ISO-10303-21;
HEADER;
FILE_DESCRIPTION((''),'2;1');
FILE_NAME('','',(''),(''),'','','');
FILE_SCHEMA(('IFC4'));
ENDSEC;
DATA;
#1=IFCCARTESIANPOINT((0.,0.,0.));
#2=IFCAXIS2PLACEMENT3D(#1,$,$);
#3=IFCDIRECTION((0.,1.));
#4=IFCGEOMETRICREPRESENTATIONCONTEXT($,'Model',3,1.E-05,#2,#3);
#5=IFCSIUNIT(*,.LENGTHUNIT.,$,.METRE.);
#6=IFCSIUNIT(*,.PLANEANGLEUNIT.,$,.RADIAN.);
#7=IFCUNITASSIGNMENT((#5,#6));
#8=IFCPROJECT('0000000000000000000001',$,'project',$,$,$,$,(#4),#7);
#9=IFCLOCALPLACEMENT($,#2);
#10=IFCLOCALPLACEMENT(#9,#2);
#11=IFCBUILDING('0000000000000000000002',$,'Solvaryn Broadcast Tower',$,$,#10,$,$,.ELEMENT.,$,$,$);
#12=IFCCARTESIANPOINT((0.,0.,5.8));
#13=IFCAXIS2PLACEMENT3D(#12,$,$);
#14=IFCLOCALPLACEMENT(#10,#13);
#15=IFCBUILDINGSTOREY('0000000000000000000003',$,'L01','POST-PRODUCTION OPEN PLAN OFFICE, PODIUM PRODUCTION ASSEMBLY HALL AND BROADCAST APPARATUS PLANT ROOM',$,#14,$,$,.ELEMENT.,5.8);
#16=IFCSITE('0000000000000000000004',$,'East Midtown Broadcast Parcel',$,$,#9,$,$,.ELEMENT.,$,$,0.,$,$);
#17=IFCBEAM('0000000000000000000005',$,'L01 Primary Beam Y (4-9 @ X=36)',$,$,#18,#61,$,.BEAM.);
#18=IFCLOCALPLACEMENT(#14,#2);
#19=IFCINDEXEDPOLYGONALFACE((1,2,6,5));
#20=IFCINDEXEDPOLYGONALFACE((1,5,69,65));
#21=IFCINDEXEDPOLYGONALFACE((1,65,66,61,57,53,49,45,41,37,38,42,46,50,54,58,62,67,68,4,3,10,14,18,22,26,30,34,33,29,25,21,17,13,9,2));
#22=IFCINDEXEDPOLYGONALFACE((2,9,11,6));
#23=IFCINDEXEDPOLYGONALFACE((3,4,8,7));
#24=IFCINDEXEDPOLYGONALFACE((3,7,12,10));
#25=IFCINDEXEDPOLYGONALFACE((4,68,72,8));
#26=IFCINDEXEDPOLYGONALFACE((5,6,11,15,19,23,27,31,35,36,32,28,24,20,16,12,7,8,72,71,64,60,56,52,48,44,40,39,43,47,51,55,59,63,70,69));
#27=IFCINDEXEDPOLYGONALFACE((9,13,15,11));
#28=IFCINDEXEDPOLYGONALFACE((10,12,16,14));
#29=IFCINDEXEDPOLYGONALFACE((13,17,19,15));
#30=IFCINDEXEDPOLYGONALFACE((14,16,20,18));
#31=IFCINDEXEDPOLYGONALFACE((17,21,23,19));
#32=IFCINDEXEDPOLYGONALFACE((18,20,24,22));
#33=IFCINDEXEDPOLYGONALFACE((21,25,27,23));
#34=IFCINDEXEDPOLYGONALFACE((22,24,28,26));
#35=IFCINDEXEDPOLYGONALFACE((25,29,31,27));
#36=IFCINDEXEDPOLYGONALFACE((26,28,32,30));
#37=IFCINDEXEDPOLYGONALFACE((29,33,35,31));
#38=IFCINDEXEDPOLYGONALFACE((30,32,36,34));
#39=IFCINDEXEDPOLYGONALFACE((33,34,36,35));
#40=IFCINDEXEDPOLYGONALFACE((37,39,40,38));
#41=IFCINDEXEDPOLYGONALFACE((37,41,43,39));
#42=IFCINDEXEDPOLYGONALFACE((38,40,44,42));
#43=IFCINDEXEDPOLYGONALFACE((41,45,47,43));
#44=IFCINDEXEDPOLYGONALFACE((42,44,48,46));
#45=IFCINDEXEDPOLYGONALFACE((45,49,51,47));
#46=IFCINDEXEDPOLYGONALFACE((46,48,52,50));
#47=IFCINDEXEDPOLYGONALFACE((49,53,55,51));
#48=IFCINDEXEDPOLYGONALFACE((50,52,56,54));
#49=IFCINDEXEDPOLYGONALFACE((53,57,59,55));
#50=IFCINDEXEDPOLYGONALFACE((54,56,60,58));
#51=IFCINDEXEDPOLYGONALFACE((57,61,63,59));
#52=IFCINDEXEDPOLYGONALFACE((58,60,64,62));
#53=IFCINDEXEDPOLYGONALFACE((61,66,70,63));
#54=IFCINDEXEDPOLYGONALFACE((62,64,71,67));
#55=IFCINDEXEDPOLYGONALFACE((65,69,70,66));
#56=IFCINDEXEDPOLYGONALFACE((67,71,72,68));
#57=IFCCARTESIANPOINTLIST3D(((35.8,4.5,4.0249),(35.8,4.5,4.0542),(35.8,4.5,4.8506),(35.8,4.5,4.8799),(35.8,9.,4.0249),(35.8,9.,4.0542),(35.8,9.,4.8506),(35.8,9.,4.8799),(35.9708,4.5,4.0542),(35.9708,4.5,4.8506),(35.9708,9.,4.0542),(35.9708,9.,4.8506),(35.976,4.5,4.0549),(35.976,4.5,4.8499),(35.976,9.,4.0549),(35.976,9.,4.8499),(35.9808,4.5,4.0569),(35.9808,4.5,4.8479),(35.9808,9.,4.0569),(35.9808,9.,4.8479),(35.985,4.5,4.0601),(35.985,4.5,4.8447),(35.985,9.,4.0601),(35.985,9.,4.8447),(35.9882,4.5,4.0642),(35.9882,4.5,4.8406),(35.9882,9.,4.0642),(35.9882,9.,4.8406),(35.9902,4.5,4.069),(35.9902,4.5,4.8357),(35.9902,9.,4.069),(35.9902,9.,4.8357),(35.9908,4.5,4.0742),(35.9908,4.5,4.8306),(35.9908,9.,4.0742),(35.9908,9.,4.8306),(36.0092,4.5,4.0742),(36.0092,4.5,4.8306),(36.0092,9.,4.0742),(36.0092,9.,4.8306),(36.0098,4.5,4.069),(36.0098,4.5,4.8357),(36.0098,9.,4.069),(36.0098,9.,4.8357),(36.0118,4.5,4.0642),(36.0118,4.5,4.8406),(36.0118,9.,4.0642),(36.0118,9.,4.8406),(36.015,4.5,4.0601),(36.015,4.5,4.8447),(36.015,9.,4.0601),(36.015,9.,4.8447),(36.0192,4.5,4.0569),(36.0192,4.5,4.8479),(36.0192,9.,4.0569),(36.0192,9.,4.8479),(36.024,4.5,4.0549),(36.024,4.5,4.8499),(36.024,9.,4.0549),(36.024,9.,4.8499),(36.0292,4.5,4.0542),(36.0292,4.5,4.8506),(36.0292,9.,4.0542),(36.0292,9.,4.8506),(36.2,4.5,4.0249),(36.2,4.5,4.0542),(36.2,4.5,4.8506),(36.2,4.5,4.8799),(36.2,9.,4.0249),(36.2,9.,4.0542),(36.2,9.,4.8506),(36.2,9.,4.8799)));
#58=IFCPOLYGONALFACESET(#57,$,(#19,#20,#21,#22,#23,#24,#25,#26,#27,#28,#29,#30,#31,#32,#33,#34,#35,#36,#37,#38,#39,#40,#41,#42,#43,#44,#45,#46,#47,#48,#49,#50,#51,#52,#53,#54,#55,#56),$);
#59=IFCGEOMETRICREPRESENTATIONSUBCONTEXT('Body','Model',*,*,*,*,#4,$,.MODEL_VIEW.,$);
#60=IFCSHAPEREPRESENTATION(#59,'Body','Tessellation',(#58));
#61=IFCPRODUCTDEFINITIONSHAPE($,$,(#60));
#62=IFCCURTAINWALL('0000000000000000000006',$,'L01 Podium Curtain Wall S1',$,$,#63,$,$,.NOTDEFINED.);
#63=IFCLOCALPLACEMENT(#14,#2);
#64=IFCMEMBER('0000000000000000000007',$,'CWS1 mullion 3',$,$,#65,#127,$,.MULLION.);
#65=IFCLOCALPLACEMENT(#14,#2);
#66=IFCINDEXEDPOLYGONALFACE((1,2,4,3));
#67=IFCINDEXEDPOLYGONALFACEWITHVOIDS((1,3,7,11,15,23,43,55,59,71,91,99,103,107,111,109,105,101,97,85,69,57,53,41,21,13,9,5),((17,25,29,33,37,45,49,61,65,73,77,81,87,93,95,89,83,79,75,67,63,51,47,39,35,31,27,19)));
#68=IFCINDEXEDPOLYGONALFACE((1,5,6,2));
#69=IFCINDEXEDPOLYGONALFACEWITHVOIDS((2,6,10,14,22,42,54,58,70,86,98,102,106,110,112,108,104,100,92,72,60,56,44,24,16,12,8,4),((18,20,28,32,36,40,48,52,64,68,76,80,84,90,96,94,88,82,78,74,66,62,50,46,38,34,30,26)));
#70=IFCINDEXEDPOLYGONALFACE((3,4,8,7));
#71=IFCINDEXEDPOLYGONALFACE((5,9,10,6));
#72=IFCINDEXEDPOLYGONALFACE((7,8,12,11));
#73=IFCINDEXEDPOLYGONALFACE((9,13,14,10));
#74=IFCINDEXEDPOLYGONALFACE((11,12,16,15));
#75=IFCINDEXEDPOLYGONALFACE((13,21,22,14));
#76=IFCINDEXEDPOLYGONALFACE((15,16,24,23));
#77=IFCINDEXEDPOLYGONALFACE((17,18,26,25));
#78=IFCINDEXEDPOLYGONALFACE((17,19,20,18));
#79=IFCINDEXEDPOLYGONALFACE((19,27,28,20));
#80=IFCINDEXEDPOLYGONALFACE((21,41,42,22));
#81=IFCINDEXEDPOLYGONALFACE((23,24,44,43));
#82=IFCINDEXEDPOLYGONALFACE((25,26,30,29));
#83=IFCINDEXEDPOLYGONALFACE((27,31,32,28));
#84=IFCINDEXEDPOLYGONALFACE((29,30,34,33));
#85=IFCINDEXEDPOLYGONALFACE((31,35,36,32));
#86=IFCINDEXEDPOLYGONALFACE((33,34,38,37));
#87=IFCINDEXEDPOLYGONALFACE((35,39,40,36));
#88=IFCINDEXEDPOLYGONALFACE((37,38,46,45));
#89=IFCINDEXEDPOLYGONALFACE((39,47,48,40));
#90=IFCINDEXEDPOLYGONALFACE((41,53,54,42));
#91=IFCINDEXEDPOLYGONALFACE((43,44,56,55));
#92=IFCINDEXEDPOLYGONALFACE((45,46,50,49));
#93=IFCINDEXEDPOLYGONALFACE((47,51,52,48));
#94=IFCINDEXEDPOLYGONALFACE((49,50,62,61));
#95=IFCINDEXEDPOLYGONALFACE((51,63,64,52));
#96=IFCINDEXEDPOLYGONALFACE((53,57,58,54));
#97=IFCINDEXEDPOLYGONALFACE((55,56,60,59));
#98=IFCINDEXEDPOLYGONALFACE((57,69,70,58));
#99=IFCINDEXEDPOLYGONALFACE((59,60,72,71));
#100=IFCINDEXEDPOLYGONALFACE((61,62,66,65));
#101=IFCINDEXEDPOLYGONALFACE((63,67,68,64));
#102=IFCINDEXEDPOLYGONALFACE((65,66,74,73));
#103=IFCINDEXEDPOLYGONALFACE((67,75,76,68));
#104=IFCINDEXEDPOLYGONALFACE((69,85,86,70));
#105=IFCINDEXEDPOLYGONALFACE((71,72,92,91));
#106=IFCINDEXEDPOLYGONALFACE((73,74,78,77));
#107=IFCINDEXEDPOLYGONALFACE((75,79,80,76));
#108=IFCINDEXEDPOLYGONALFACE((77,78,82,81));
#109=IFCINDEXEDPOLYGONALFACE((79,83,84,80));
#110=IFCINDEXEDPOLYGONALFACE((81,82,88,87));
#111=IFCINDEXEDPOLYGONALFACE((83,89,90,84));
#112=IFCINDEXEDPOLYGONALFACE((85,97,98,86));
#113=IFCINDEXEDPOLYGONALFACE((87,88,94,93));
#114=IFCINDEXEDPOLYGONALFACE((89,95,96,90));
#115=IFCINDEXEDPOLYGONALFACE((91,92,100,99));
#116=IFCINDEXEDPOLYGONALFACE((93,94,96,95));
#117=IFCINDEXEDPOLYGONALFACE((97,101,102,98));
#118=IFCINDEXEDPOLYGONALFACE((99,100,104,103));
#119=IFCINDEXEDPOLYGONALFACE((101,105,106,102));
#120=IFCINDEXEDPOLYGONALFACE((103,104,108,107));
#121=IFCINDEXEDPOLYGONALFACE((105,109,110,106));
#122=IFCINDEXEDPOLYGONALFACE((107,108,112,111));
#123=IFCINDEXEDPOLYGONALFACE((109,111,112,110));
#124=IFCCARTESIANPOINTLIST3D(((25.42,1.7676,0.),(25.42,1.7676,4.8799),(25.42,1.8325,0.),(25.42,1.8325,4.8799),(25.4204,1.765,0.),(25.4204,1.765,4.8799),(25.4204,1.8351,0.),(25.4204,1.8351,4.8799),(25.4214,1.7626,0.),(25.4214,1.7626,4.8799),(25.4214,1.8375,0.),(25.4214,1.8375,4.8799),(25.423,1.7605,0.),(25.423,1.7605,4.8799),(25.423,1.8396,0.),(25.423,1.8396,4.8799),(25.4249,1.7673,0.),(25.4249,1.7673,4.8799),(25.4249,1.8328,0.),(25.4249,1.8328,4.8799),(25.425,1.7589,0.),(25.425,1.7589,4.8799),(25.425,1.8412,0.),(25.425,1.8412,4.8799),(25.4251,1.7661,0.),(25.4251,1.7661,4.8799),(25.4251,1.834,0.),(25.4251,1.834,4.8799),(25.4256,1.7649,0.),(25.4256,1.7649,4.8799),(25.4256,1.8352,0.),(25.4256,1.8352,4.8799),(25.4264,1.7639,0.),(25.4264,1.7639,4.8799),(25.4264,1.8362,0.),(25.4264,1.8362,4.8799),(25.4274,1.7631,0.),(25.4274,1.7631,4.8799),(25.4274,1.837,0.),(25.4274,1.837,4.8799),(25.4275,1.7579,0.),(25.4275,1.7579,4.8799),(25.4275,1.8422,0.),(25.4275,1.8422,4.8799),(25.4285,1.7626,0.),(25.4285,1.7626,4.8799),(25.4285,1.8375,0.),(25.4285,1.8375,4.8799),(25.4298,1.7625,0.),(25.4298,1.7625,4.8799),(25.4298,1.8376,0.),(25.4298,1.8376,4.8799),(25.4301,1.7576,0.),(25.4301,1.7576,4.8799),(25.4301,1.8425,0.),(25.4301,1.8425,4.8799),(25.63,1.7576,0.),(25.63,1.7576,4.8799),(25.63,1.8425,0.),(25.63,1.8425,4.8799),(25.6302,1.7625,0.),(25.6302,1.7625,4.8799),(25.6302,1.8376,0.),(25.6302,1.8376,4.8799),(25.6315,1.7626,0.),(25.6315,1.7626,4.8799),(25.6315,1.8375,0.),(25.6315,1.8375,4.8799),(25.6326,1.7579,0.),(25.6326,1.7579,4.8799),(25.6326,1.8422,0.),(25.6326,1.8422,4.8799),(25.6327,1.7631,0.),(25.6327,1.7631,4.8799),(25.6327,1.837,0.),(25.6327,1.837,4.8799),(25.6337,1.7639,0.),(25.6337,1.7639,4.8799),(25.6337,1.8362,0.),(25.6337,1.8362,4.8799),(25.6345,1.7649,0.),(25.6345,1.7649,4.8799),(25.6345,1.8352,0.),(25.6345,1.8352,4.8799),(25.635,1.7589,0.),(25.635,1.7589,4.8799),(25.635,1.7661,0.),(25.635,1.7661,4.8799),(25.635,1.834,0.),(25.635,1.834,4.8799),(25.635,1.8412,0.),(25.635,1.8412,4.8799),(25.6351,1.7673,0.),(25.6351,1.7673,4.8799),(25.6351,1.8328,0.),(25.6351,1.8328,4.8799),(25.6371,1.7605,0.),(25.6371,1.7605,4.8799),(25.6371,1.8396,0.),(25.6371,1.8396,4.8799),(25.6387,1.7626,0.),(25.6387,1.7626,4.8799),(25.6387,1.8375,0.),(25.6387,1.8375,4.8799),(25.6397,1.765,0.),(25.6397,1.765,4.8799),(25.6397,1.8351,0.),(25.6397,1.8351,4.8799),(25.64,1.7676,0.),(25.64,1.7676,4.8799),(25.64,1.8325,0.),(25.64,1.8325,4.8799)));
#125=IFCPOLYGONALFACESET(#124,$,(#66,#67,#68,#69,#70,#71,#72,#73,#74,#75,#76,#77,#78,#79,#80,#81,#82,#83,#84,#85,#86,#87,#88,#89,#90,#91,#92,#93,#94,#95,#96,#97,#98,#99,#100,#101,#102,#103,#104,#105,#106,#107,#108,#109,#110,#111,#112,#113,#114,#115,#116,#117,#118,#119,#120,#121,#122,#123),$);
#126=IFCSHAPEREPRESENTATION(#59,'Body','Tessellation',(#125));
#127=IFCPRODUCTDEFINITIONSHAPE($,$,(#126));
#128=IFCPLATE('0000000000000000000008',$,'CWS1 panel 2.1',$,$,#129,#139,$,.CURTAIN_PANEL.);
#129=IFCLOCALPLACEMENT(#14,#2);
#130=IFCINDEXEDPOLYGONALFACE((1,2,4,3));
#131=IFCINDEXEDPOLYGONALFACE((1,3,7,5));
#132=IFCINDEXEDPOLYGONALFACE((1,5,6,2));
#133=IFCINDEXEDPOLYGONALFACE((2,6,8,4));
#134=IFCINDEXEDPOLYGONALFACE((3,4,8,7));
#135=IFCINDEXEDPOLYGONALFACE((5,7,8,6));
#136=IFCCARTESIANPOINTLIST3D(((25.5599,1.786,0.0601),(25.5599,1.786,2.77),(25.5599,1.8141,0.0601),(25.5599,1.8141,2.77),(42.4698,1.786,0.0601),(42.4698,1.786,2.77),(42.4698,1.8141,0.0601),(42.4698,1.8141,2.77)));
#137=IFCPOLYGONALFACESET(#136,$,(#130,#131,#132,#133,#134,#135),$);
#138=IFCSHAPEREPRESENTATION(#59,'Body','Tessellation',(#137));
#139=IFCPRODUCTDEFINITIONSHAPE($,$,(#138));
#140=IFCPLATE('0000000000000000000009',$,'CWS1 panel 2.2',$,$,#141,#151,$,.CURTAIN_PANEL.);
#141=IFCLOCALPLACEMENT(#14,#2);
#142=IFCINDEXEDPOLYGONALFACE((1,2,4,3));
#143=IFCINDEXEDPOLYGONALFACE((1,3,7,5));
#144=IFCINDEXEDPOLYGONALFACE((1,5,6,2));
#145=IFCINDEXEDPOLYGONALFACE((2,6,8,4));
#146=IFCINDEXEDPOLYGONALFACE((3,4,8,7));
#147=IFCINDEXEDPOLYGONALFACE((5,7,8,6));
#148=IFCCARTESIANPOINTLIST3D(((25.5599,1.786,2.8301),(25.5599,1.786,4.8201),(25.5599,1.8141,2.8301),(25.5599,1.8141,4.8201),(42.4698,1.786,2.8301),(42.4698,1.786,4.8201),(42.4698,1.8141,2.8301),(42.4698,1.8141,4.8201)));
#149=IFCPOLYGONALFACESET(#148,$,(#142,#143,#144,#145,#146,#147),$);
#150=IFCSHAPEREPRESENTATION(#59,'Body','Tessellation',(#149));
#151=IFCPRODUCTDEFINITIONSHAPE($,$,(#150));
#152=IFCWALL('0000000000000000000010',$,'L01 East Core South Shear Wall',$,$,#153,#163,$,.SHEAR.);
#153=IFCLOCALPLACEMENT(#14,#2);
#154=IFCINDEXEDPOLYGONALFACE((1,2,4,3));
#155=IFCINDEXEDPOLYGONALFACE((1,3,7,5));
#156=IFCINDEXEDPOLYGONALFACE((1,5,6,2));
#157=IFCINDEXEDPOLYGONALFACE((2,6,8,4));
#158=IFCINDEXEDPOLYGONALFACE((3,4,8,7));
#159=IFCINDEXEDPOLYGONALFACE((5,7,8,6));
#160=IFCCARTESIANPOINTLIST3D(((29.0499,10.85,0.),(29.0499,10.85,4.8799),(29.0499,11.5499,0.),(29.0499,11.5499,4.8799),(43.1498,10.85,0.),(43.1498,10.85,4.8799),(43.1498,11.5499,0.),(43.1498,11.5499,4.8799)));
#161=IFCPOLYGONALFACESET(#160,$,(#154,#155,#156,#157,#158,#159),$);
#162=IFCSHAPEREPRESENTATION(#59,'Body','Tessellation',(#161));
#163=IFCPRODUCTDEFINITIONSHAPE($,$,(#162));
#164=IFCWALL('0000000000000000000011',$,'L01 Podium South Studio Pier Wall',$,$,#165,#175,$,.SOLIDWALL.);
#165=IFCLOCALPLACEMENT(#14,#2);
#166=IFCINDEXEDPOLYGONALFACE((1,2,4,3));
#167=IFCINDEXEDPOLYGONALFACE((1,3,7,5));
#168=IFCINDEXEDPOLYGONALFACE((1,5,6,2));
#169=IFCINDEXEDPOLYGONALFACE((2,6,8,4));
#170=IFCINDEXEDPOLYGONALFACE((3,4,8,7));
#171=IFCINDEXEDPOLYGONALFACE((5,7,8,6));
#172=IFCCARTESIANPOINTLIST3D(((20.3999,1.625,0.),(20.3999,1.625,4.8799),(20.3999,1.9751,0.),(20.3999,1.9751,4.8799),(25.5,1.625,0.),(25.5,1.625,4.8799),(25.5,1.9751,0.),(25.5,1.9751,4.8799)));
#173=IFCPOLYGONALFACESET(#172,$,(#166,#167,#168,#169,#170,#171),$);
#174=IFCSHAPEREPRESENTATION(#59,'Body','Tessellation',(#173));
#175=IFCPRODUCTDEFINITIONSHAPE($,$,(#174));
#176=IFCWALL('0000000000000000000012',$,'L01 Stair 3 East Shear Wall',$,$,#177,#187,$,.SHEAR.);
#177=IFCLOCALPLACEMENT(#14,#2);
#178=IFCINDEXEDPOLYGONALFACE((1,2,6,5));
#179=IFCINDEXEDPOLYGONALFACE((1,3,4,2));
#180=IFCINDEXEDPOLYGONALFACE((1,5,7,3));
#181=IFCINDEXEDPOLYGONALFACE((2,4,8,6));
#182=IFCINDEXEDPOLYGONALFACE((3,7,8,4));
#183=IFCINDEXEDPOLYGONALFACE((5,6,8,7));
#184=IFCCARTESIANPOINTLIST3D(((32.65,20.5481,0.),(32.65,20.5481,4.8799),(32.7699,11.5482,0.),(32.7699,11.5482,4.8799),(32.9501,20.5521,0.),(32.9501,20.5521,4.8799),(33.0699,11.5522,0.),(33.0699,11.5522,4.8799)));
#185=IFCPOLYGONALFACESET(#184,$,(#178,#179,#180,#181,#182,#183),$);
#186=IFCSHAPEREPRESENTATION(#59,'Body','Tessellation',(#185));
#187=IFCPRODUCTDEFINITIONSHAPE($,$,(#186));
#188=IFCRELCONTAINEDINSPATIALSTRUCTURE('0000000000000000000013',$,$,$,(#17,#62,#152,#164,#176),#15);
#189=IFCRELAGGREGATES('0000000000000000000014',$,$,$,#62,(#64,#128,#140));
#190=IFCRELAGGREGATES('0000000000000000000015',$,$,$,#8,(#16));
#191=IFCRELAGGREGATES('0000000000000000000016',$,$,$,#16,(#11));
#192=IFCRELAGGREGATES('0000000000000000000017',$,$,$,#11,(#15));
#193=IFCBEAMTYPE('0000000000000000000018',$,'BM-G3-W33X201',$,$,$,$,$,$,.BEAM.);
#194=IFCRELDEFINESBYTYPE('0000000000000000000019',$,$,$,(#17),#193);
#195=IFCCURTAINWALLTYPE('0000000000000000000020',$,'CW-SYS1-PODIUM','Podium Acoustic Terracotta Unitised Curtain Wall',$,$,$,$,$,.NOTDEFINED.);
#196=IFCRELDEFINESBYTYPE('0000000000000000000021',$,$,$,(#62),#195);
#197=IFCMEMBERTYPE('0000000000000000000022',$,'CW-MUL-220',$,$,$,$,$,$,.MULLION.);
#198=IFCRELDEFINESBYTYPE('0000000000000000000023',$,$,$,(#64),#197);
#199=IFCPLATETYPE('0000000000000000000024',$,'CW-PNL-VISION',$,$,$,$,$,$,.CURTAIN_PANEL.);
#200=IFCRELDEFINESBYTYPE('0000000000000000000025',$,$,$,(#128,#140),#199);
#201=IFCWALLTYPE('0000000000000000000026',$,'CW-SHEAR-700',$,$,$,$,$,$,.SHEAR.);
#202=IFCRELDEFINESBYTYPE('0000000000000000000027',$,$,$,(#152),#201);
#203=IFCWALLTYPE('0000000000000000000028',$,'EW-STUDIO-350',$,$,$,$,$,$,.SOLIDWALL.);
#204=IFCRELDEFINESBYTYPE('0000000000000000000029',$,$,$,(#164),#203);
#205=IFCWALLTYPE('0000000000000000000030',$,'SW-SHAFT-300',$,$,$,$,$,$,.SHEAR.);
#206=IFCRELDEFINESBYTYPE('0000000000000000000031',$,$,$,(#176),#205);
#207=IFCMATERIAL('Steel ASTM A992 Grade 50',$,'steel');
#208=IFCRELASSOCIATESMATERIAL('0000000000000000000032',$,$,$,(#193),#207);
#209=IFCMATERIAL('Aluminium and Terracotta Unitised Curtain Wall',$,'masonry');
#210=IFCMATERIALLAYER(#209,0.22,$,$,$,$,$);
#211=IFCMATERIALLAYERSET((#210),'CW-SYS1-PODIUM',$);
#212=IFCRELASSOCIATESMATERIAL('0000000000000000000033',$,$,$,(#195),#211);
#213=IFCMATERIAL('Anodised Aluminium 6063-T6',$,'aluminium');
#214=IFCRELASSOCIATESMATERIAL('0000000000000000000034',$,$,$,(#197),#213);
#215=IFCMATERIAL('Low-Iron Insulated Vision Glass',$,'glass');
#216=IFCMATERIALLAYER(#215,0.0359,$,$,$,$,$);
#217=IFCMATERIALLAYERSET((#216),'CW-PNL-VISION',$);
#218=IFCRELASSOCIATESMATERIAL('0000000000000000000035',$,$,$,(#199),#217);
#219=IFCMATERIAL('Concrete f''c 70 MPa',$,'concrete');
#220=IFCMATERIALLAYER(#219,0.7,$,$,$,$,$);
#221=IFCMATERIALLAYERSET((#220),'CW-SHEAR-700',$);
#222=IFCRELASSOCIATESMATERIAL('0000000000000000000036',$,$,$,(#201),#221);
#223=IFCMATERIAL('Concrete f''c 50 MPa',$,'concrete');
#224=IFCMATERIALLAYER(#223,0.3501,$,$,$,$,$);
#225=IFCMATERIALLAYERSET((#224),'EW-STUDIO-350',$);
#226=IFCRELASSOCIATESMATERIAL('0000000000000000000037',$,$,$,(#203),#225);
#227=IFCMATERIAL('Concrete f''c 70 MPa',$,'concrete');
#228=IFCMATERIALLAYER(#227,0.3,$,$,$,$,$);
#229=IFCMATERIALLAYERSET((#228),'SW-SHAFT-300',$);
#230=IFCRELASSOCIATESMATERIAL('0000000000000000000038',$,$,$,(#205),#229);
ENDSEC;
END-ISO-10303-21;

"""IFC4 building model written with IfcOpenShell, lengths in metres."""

from ifc_helpers import new_model, si_unit, direction, frame, frame_2d, origin, origin_2d, place, context, subcontext, project, spatial, rectangle, hollow_rectangle, i_section, extrude, material, layer, layer_set, material_profile, profile_set, type_object, element, aggregate, save


model = new_model("IFC4")

# Units and contexts
model_context = context("Model", 3, precision=1e-05, world=origin(), true_north=direction((0.0, 1.0)))
body_context = subcontext(model_context, "Body", "Model", "MODEL_VIEW")
ifc_project = project(units=[si_unit("LENGTHUNIT", "METRE"), si_unit("PLANEANGLEUNIT", "RADIAN")], contexts=[model_context])

# Site, building, storey
site_placement = place(None, origin())
site = spatial("IfcSite", under=ifc_project, at=site_placement, Name="East Midtown Broadcast Parcel", CompositionType="ELEMENT", RefElevation=0.0)
building_placement = place(site_placement, origin())
building = spatial("IfcBuilding", under=site, at=building_placement, Name="Solvaryn Broadcast Tower", CompositionType="ELEMENT")
storey_placement = place(building_placement, frame((0.0, 0.0, 5.8)))
storey = spatial("IfcBuildingStorey", under=building, at=storey_placement, Name="L01", Description="POST-PRODUCTION OPEN PLAN OFFICE, PODIUM PRODUCTION ASSEMBLY HALL AND BROADCAST APPARATUS PLANT ROOM", CompositionType="ELEMENT", Elevation=5.8)

# Beam
ifc_material_1 = material(Name="Steel ASTM A992 Grade 50", Category="steel")
ifc_material_profile_1 = material_profile(ifc_material_1, i_section(OverallWidth=0.3999, OverallDepth=0.855, WebThickness=0.0183, FlangeThickness=0.0293, FilletRadius=0.02, at=origin_2d()))
ifc_profile_set_1 = profile_set([ifc_material_profile_1], Name="Steel ASTM A992 Grade 50")
beam_type_1 = type_object("IfcBeamType", Name="BM-G3-W33X201", PredefinedType="BEAM", material=ifc_profile_set_1)
for number, where, z_axis, x_axis, name in (
    (1, (36.0, 4.5, 4.4524), (0.0, 1.0, 0.0), (-1.0, 0.0, 0.0), "L01 Primary Beam Y (4-9 @ X=36)"),
):
    element("IfcBeam", number, at=place(storey_placement, frame(where, z_axis=z_axis, x_axis=x_axis)), inside=storey, type_object=beam_type_1, Name=name, PredefinedType="BEAM", context=body_context, shape_type="SweptSolid", body=[
        extrude(i_section(OverallWidth=0.3999, OverallDepth=0.855, WebThickness=0.0183, FlangeThickness=0.0293, FilletRadius=0.02, at=origin_2d()), origin(), (0.0, 0.0, 1.0), 4.5),
    ])

# Curtain wall, member, plates
ifc_material_2 = material(Name="Aluminium and Terracotta Unitised Curtain Wall", Category="masonry")
ifc_layer_1 = layer(ifc_material_2, 0.22)
ifc_layer_set_1 = layer_set([ifc_layer_1], Name="CW-SYS1-PODIUM")
curtain_wall_type = type_object("IfcCurtainWallType", Name="CW-SYS1-PODIUM", Description="Podium Acoustic Terracotta Unitised Curtain Wall", PredefinedType="NOTDEFINED", material=ifc_layer_set_1)
curtain_wall_placement = place(storey_placement, origin())
curtain_wall = element("IfcCurtainWall", 2, at=curtain_wall_placement, inside=storey, type_object=curtain_wall_type, Name="L01 Podium Curtain Wall S1", PredefinedType="NOTDEFINED")
ifc_material_3 = material(Name="Anodised Aluminium 6063-T6", Category="aluminium")
ifc_material_profile_2 = material_profile(ifc_material_3, hollow_rectangle(XDim=0.085, YDim=0.22, WallThickness=0.0049, InnerFilletRadius=0.0049, OuterFilletRadius=0.01, at=origin_2d()))
ifc_profile_set_2 = profile_set([ifc_material_profile_2], Name="Anodised Aluminium 6063-T6")
member_type = type_object("IfcMemberType", Name="CW-MUL-220", PredefinedType="MULLION", material=ifc_profile_set_2)
member_placement = place(storey_placement, frame((25.53, 1.8, 0.0), z_axis=(0.0, 0.0, 1.0), x_axis=(0.0, -1.0, 0.0)))
member = element("IfcMember", 3, at=member_placement, type_object=member_type, Name="CWS1 mullion 3", PredefinedType="MULLION", context=body_context, shape_type="SweptSolid", body=[
    extrude(hollow_rectangle(XDim=0.085, YDim=0.22, WallThickness=0.0049, InnerFilletRadius=0.0049, OuterFilletRadius=0.01, at=origin_2d()), origin(), (0.0, 0.0, 1.0), 4.8799),
])
ifc_material_4 = material(Name="Low-Iron Insulated Vision Glass", Category="glass")
ifc_layer_2 = layer(ifc_material_4, 0.0359)
ifc_layer_set_2 = layer_set([ifc_layer_2], Name="CW-PNL-VISION")
plate_type = type_object("IfcPlateType", Name="CW-PNL-VISION", PredefinedType="CURTAIN_PANEL", material=ifc_layer_set_2)
plate_1_placement = place(storey_placement, frame((34.0149, 1.8, 0.0601), z_axis=(0.0, 0.0, 1.0), x_axis=(-1.0, 0.0, 0.0)))
plate_1 = element("IfcPlate", 4, at=plate_1_placement, type_object=plate_type, Name="CWS1 panel 2.1", PredefinedType="CURTAIN_PANEL", context=body_context, shape_type="SweptSolid", body=[
    extrude(rectangle(XDim=16.9099, YDim=0.0281, at=origin_2d()), origin(), (0.0, 0.0, 1.0), 2.71),
])
plate_2_placement = place(storey_placement, frame((34.0149, 1.8, 2.8301), z_axis=(0.0, 0.0, 1.0), x_axis=(-1.0, 0.0, 0.0)))
plate_2 = element("IfcPlate", 5, at=plate_2_placement, type_object=plate_type, Name="CWS1 panel 2.2", PredefinedType="CURTAIN_PANEL", context=body_context, shape_type="SweptSolid", body=[
    extrude(rectangle(XDim=16.9099, YDim=0.0281, at=origin_2d()), origin(), (0.0, 0.0, 1.0), 1.99),
])
aggregate(curtain_wall, [member, plate_1, plate_2])

# Walls
ifc_material_5 = material(Name="Concrete f'c 70 MPa", Category="concrete")
ifc_layer_3 = layer(ifc_material_5, 0.7)
ifc_layer_set_3 = layer_set([ifc_layer_3], Name="CW-SHEAR-700")
wall_type_1 = type_object("IfcWallType", Name="CW-SHEAR-700", PredefinedType="SHEAR", material=ifc_layer_set_3)
wall_1_placement = place(storey_placement, frame((29.05, 11.2, 0.0), z_axis=(0.0, 0.0, 1.0), x_axis=(1.0, 0.0, 0.0)))
element("IfcWall", 6, at=wall_1_placement, inside=storey, type_object=wall_type_1, Name="L01 East Core South Shear Wall", PredefinedType="SHEAR", context=body_context, shape_type="SweptSolid", body=[
    extrude(rectangle(XDim=14.0999, YDim=0.7, at=frame_2d((7.0498, 0.0))), origin(), (0.0, 0.0, 1.0), 4.8799),
])
ifc_material_6 = material(Name="Concrete f'c 50 MPa", Category="concrete")
ifc_layer_4 = layer(ifc_material_6, 0.3501)
ifc_layer_set_4 = layer_set([ifc_layer_4], Name="EW-STUDIO-350")
wall_type_2 = type_object("IfcWallType", Name="EW-STUDIO-350", PredefinedType="SOLIDWALL", material=ifc_layer_set_4)
wall_2_placement = place(storey_placement, frame((25.5, 1.8, 0.0), z_axis=(0.0, 0.0, 1.0), x_axis=(-1.0, 0.0, 0.0)))
element("IfcWall", 7, at=wall_2_placement, inside=storey, type_object=wall_type_2, Name="L01 Podium South Studio Pier Wall", PredefinedType="SOLIDWALL", context=body_context, shape_type="SweptSolid", body=[
    extrude(rectangle(XDim=5.1001, YDim=0.3501, at=frame_2d((2.55, 0.0))), origin(), (0.0, 0.0, 1.0), 4.8799),
])
ifc_material_7 = material(Name="Concrete f'c 70 MPa", Category="concrete")
ifc_layer_5 = layer(ifc_material_7, 0.3)
ifc_layer_set_5 = layer_set([ifc_layer_5], Name="SW-SHAFT-300")
wall_type_3 = type_object("IfcWallType", Name="SW-SHAFT-300", PredefinedType="SHEAR", material=ifc_layer_set_5)
wall_3_placement = place(storey_placement, frame((32.9199, 11.55, 0.0), z_axis=(0.0, 0.0, 1.0), x_axis=(-0.013318, 0.999911, 0.0)))
element("IfcWall", 8, at=wall_3_placement, inside=storey, type_object=wall_type_3, Name="L01 Stair 3 East Shear Wall", PredefinedType="SHEAR", context=body_context, shape_type="SweptSolid", body=[
    extrude(rectangle(XDim=9.0007, YDim=0.3, at=frame_2d((4.5005, 0.0))), origin(), (0.0, 0.0, 1.0), 4.8799),
])

save(model, "model.ifc")
